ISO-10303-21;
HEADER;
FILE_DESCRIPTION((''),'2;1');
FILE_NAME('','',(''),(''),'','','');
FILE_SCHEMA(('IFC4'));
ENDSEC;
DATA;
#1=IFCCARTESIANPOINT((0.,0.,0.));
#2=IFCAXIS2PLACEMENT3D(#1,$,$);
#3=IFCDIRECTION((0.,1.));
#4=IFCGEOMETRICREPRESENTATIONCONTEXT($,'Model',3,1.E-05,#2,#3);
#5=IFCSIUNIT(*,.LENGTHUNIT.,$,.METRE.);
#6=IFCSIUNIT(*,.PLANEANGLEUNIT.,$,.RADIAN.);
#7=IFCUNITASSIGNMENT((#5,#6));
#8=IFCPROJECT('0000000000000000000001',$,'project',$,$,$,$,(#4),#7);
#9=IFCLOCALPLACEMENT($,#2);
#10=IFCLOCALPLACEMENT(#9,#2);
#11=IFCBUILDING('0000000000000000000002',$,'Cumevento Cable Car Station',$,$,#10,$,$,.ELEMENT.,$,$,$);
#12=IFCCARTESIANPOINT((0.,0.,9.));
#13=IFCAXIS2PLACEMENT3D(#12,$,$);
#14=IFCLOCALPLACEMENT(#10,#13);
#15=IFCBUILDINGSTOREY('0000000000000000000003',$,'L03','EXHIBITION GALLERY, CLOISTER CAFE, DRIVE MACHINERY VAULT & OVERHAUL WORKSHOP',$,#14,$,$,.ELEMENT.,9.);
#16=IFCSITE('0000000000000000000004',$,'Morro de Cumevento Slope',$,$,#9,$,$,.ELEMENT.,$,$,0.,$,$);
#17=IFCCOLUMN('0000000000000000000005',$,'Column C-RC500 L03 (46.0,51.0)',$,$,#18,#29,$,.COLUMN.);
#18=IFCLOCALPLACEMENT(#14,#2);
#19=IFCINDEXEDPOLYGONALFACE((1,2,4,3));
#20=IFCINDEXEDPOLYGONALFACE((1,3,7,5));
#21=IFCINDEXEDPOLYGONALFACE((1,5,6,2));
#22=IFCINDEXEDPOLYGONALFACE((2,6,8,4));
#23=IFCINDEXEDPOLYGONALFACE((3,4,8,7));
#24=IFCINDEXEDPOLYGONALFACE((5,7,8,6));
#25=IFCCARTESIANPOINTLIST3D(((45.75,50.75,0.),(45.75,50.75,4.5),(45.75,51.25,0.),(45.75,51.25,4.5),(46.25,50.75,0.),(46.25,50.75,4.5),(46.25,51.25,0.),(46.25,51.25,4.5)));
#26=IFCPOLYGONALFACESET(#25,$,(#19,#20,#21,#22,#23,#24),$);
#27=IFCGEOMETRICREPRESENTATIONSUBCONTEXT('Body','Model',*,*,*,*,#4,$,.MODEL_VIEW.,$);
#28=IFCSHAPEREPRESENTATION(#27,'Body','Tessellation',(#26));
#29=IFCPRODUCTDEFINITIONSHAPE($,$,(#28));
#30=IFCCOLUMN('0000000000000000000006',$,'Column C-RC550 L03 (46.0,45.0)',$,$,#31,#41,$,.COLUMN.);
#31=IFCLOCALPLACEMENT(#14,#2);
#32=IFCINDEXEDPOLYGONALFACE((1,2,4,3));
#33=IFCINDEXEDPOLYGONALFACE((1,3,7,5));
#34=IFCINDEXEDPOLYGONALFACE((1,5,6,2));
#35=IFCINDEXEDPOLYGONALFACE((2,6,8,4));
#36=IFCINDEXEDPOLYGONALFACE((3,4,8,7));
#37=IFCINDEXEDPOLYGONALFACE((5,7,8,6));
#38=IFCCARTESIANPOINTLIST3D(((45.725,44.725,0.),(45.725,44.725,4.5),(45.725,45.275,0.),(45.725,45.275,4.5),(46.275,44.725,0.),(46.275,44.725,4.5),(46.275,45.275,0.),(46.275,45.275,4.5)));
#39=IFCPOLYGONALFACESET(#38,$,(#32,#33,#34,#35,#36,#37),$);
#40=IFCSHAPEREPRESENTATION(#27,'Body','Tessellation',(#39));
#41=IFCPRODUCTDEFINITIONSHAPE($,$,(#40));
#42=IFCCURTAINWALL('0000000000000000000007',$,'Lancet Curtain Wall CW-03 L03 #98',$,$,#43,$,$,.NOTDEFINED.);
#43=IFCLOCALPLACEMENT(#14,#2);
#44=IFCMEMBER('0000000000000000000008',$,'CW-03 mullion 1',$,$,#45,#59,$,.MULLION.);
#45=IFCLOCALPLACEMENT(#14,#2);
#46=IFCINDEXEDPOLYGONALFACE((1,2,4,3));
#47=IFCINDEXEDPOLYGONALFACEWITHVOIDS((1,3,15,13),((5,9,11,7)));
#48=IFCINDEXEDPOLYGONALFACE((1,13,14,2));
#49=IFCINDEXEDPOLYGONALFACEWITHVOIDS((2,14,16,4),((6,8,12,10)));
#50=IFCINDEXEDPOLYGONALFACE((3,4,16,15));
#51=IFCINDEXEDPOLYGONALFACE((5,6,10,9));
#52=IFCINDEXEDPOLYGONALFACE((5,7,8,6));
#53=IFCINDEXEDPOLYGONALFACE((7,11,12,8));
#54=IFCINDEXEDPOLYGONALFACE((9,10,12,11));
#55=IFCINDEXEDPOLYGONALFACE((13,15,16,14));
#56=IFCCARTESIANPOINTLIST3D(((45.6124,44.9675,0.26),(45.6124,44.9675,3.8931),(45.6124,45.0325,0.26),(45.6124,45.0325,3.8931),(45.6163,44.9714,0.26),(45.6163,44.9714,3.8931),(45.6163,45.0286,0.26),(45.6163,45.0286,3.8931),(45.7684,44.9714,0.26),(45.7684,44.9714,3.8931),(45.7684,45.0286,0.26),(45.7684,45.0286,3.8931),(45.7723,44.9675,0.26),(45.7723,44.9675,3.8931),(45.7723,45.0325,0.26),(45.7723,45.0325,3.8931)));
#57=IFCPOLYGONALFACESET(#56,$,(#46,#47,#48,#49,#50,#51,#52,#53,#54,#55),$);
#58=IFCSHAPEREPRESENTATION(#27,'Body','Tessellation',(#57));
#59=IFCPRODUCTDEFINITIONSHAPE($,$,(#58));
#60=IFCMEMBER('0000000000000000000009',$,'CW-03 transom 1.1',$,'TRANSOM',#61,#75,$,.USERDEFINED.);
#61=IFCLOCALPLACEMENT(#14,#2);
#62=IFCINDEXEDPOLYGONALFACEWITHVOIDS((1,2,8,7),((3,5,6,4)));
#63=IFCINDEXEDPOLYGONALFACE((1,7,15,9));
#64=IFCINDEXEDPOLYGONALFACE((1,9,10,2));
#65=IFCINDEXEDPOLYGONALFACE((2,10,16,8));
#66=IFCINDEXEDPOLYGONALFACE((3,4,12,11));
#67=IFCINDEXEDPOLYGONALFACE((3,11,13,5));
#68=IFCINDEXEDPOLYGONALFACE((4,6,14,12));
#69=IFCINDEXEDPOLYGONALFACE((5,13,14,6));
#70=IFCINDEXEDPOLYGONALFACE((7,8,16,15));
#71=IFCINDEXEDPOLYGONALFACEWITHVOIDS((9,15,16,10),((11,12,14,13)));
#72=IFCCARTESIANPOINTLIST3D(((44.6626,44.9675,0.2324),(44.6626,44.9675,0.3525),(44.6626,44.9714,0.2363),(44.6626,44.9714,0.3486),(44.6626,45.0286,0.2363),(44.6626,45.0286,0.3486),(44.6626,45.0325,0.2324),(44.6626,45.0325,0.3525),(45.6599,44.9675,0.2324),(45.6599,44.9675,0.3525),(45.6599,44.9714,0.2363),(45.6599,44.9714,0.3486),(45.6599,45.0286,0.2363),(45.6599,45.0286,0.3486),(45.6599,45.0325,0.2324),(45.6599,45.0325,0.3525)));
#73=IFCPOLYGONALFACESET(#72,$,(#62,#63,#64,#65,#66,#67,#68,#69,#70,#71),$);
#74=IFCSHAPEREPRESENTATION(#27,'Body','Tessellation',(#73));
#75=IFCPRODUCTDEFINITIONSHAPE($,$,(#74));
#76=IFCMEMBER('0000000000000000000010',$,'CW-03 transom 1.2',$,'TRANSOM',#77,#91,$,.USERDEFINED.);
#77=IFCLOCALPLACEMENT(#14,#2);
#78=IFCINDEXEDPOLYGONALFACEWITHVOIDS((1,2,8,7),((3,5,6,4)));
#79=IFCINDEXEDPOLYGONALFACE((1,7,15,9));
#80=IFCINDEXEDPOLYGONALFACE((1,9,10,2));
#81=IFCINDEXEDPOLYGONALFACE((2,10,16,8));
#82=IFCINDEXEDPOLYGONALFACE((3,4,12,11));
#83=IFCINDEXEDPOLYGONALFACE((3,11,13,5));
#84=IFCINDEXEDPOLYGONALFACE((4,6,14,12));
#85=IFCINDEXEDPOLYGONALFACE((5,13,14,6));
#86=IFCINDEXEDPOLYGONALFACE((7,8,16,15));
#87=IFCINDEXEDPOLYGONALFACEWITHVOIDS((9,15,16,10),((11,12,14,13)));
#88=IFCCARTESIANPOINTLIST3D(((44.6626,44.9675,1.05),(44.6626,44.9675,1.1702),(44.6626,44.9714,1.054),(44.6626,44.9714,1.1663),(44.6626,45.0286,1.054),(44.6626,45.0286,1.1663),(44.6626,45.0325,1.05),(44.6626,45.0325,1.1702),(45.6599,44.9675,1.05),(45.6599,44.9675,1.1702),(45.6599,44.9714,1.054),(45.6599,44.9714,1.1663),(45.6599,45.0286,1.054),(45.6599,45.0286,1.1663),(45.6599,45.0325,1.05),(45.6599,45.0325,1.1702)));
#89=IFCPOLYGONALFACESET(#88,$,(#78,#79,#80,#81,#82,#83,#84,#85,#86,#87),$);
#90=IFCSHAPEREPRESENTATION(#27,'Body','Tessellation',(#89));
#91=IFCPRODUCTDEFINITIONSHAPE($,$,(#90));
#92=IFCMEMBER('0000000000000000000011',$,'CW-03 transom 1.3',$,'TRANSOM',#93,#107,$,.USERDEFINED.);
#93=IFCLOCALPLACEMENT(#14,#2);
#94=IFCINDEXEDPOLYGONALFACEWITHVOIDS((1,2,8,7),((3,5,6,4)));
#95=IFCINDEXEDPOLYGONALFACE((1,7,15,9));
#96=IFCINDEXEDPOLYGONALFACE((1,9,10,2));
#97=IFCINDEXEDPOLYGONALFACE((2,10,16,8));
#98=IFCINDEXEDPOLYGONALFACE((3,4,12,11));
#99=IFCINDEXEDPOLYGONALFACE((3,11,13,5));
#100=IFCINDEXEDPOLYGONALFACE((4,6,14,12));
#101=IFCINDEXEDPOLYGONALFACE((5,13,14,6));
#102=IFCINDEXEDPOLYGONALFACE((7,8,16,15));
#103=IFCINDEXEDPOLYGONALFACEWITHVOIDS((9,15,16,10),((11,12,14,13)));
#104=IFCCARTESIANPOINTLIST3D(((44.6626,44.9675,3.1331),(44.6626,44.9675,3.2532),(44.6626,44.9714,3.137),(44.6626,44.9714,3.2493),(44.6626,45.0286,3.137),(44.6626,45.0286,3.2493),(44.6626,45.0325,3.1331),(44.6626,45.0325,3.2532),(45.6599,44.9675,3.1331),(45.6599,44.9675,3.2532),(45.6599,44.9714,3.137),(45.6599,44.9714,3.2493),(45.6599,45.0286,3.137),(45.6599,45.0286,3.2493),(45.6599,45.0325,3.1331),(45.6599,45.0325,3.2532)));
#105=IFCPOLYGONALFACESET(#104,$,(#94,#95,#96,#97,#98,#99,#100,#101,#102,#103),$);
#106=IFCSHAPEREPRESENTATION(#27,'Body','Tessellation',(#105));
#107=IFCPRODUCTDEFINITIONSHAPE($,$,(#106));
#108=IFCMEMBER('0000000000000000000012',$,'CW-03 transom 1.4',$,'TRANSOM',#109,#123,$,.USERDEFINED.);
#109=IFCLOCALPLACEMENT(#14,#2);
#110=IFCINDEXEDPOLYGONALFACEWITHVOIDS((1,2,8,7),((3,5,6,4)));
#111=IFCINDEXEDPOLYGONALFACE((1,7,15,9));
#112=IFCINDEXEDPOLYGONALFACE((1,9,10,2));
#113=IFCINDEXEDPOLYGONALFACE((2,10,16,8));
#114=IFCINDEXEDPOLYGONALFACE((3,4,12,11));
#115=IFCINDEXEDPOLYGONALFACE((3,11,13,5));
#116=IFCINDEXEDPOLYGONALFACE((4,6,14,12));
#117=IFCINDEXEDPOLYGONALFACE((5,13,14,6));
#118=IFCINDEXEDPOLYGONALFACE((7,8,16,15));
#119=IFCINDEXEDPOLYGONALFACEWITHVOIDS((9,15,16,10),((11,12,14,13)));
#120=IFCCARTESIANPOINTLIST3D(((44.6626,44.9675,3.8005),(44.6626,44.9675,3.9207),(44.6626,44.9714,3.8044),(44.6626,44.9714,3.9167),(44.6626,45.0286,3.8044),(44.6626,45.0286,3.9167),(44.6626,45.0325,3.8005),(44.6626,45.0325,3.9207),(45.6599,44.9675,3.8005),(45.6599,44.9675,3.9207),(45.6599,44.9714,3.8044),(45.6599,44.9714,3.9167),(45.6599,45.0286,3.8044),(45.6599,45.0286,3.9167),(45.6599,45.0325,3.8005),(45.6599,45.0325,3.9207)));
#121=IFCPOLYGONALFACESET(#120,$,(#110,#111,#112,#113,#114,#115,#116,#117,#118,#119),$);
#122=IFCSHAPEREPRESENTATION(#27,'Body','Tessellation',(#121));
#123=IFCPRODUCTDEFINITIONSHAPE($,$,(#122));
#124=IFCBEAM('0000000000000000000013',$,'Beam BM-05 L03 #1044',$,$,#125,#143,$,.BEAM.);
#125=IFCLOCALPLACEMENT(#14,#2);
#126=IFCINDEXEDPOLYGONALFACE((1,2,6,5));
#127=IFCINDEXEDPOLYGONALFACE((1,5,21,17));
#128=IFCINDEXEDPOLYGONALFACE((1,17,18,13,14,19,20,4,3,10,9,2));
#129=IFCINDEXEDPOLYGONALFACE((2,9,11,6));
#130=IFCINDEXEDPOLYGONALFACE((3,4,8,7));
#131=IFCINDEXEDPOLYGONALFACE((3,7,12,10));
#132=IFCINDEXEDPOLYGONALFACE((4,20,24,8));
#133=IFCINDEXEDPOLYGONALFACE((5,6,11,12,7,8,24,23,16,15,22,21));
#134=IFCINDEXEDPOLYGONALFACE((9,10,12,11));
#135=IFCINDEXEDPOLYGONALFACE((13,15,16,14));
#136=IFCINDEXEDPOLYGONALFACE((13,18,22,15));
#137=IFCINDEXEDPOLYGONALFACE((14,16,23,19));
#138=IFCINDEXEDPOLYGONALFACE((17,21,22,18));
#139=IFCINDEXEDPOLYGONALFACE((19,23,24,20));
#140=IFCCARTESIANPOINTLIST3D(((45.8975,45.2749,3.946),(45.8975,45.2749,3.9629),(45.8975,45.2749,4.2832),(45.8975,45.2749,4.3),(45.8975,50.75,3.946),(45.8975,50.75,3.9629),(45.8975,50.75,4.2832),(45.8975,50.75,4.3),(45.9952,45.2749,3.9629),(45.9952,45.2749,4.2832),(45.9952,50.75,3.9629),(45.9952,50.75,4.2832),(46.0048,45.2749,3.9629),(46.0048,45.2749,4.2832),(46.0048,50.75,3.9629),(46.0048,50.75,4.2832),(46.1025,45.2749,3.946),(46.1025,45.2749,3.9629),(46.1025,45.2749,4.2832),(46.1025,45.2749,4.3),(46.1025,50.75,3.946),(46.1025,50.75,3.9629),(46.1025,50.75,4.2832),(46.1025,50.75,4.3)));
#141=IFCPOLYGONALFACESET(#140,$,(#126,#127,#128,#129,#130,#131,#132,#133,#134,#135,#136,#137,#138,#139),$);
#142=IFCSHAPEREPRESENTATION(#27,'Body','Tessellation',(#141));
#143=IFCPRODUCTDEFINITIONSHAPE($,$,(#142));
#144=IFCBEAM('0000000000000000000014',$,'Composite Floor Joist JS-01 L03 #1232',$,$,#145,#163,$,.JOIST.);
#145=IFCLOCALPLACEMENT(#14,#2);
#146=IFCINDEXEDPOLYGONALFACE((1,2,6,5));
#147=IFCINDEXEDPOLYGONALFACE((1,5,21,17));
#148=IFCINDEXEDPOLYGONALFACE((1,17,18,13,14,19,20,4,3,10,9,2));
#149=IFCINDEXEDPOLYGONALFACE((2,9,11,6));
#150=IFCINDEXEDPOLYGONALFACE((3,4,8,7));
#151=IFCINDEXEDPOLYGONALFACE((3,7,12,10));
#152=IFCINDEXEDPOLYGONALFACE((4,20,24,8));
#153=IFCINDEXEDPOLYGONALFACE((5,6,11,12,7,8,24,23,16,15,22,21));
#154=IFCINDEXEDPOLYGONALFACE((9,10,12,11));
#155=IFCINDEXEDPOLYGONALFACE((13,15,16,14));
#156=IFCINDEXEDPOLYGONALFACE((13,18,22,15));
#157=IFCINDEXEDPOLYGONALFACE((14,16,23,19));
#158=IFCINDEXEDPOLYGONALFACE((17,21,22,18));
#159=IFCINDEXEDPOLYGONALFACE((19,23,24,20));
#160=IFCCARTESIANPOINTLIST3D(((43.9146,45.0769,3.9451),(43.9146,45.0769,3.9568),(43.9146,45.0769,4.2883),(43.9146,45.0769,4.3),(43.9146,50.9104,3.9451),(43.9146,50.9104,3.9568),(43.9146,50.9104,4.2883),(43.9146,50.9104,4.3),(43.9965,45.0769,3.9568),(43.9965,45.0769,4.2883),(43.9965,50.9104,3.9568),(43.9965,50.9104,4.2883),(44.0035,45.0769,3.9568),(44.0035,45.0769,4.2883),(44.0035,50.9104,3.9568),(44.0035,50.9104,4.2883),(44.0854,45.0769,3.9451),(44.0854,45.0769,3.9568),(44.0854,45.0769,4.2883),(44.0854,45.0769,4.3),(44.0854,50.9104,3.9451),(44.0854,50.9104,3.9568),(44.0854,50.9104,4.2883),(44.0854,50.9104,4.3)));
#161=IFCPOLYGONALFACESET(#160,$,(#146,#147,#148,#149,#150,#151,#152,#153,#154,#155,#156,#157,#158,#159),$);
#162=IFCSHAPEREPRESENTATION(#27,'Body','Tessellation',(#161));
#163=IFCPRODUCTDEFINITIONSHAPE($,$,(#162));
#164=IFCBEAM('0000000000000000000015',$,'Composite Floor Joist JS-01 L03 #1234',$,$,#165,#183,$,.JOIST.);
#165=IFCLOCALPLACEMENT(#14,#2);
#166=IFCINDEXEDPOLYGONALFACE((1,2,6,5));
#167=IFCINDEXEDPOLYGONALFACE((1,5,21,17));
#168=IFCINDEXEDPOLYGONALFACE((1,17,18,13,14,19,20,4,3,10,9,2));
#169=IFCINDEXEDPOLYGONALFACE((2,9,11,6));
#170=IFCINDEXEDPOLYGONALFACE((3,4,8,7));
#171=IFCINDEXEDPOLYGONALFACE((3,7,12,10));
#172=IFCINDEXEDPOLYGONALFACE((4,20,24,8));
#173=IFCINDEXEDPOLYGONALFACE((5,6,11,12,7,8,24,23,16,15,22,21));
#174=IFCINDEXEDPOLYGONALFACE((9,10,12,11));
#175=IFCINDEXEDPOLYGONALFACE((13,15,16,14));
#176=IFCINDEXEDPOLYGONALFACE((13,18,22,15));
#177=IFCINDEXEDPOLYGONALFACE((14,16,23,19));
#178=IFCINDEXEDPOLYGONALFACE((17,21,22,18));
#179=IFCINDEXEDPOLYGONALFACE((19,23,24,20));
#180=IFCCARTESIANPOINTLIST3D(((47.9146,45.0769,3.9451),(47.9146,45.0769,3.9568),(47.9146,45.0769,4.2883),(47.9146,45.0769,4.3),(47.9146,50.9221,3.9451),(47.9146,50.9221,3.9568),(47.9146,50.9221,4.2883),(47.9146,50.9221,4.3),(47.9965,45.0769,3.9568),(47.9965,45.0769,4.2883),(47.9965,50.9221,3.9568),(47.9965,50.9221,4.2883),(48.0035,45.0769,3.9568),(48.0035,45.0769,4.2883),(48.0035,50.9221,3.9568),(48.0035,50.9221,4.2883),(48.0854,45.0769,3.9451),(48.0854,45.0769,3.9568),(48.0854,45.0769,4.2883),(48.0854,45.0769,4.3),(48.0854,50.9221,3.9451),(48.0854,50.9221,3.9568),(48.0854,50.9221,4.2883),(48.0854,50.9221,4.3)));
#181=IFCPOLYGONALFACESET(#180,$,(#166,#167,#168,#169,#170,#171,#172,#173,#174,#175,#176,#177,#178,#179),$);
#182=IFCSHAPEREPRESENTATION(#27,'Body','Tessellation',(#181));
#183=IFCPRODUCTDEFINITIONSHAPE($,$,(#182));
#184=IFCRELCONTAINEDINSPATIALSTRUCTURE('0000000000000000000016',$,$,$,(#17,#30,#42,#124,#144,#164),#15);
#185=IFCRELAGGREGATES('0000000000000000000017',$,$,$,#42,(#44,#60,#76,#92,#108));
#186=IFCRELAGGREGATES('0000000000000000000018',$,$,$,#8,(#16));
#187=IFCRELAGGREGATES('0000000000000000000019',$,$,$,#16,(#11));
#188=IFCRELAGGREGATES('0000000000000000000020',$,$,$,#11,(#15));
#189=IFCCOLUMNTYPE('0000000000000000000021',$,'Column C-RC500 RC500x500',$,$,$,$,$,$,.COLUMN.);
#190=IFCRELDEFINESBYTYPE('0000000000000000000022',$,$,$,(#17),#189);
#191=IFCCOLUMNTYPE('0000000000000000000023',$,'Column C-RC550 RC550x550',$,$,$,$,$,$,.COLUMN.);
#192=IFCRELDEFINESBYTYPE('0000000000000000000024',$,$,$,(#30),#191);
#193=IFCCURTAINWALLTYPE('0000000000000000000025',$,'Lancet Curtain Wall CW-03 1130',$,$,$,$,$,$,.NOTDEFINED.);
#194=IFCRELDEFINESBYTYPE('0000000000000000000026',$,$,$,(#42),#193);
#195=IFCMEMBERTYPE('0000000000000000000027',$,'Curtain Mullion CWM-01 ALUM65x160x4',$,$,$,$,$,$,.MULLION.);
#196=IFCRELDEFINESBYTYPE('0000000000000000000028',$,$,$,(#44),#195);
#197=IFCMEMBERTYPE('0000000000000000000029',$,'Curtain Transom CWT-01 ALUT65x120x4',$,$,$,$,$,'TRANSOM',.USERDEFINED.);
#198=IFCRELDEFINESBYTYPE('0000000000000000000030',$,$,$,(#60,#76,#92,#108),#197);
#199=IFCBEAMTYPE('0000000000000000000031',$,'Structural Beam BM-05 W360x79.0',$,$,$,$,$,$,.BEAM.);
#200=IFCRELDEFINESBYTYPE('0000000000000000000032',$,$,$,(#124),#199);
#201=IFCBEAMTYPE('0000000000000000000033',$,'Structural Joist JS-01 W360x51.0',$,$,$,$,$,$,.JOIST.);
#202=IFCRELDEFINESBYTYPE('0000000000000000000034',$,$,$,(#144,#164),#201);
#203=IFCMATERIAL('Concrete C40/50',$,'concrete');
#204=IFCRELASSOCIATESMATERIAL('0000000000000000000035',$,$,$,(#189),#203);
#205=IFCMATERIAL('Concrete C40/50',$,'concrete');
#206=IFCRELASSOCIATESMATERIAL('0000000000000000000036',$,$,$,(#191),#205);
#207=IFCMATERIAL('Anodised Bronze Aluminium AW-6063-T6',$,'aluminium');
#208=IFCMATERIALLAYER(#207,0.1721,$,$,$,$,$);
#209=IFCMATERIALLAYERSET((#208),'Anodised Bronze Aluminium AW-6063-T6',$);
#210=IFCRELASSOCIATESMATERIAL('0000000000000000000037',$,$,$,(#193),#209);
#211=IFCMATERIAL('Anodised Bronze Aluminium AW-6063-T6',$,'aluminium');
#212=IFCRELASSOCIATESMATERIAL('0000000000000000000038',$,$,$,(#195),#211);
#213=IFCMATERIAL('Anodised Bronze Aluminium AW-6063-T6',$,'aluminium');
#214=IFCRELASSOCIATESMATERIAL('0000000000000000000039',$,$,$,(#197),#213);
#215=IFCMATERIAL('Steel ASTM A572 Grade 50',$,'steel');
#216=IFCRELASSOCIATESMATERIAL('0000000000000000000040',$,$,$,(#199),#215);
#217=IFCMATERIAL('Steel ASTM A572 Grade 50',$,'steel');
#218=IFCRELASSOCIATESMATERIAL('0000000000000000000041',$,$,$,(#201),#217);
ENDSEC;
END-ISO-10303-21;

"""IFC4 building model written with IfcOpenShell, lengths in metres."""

from ifc_helpers import new_model, si_unit, direction, frame, origin, origin_2d, place, context, subcontext, project, spatial, rectangle, hollow_rectangle, i_section, extrude, material, layer, layer_set, material_profile, profile_set, type_object, element, aggregate, save


model = new_model("IFC4")

# Units and contexts
model_context = context("Model", 3, precision=1e-05, world=origin(), true_north=direction((0.0, 1.0)))
body_context = subcontext(model_context, "Body", "Model", "MODEL_VIEW")
ifc_project = project(units=[si_unit("LENGTHUNIT", "METRE"), si_unit("PLANEANGLEUNIT", "RADIAN")], contexts=[model_context])

# Site, building, storey
site_placement = place(None, origin())
site = spatial("IfcSite", under=ifc_project, at=site_placement, Name="Morro de Cumevento Slope", CompositionType="ELEMENT", RefElevation=0.0)
building_placement = place(site_placement, origin())
building = spatial("IfcBuilding", under=site, at=building_placement, Name="Cumevento Cable Car Station", CompositionType="ELEMENT")
storey_placement = place(building_placement, frame((0.0, 0.0, 9.0)))
storey = spatial("IfcBuildingStorey", under=building, at=storey_placement, Name="L03", Description="EXHIBITION GALLERY, CLOISTER CAFE, DRIVE MACHINERY VAULT & OVERHAUL WORKSHOP", CompositionType="ELEMENT", Elevation=9.0)

# Columns
ifc_material_1 = material(Name="Concrete C40/50", Category="concrete")
ifc_material_profile_1 = material_profile(ifc_material_1, rectangle(XDim=0.5, YDim=0.5, at=origin_2d()), Name="RC500x500")
ifc_profile_set_1 = profile_set([ifc_material_profile_1], Name="Concrete C40/50")
column_type_1 = type_object("IfcColumnType", Name="Column C-RC500 RC500x500", PredefinedType="COLUMN", material=ifc_profile_set_1)
column_1_placement = place(storey_placement, frame((46.0, 51.0, 0.0), z_axis=(0.0, 0.0, 1.0), x_axis=(1.0, 0.0, 0.0)))
element("IfcColumn", 1, at=column_1_placement, inside=storey, type_object=column_type_1, Name="Column C-RC500 L03 (46.0,51.0)", PredefinedType="COLUMN", context=body_context, shape_type="SweptSolid", body=[
    extrude(rectangle(XDim=0.5, YDim=0.5, at=origin_2d()), origin(), (0.0, 0.0, 1.0), 4.5),
])
ifc_material_2 = material(Name="Concrete C40/50", Category="concrete")
ifc_material_profile_2 = material_profile(ifc_material_2, rectangle(XDim=0.55, YDim=0.55, at=origin_2d()), Name="RC550x550")
ifc_profile_set_2 = profile_set([ifc_material_profile_2], Name="Concrete C40/50")
column_type_2 = type_object("IfcColumnType", Name="Column C-RC550 RC550x550", PredefinedType="COLUMN", material=ifc_profile_set_2)
column_2_placement = place(storey_placement, frame((46.0, 45.0, 0.0), z_axis=(0.0, 0.0, 1.0), x_axis=(1.0, 0.0, 0.0)))
element("IfcColumn", 2, at=column_2_placement, inside=storey, type_object=column_type_2, Name="Column C-RC550 L03 (46.0,45.0)", PredefinedType="COLUMN", context=body_context, shape_type="SweptSolid", body=[
    extrude(rectangle(XDim=0.55, YDim=0.55, at=origin_2d()), origin(), (0.0, 0.0, 1.0), 4.5),
])

# Curtain wall, members
ifc_material_3 = material(Name="Anodised Bronze Aluminium AW-6063-T6", Category="aluminium")
ifc_layer_1 = layer(ifc_material_3, 0.1721)
ifc_layer_set_1 = layer_set([ifc_layer_1], Name="Anodised Bronze Aluminium AW-6063-T6")
curtain_wall_type = type_object("IfcCurtainWallType", Name="Lancet Curtain Wall CW-03 1130", PredefinedType="NOTDEFINED", material=ifc_layer_set_1)
curtain_wall_placement = place(storey_placement, origin())
curtain_wall = element("IfcCurtainWall", 3, at=curtain_wall_placement, inside=storey, type_object=curtain_wall_type, Name="Lancet Curtain Wall CW-03 L03 #98", PredefinedType="NOTDEFINED")
ifc_material_4 = material(Name="Anodised Bronze Aluminium AW-6063-T6", Category="aluminium")
ifc_material_profile_3 = material_profile(ifc_material_4, hollow_rectangle(XDim=0.0649, YDim=0.1599, WallThickness=0.0039, at=origin_2d()), Name="ALUM65x160x4")
ifc_profile_set_3 = profile_set([ifc_material_profile_3], Name="Anodised Bronze Aluminium AW-6063-T6")
member_type_1 = type_object("IfcMemberType", Name="Curtain Mullion CWM-01 ALUM65x160x4", PredefinedType="MULLION", material=ifc_profile_set_3)
member_1_placement = place(storey_placement, frame((45.6924, 45.0, 0.26), z_axis=(0.0, 0.0, 1.0), x_axis=(0.0, -1.0, 0.0)))
member_1 = element("IfcMember", 4, at=member_1_placement, type_object=member_type_1, Name="CW-03 mullion 1", PredefinedType="MULLION", context=body_context, shape_type="SweptSolid", body=[
    extrude(hollow_rectangle(XDim=0.0649, YDim=0.1599, WallThickness=0.0039, at=origin_2d()), origin(), (0.0, 0.0, 1.0), 3.6331),
])
ifc_material_5 = material(Name="Anodised Bronze Aluminium AW-6063-T6", Category="aluminium")
ifc_material_profile_4 = material_profile(ifc_material_5, hollow_rectangle(XDim=0.0649, YDim=0.1201, WallThickness=0.0039, at=origin_2d()), Name="ALUT65x120x4")
ifc_profile_set_4 = profile_set([ifc_material_profile_4], Name="Anodised Bronze Aluminium AW-6063-T6")
member_type_2 = type_object("IfcMemberType", Name="Curtain Transom CWT-01 ALUT65x120x4", ElementType="TRANSOM", PredefinedType="USERDEFINED", material=ifc_profile_set_4)
member_2_placement = place(storey_placement, frame((45.6599, 45.0, 0.2925), z_axis=(-1.0, 0.0, 0.0), x_axis=(0.0, -1.0, 0.0)))
member_2 = element("IfcMember", 5, at=member_2_placement, type_object=member_type_2, Name="CW-03 transom 1.1", ObjectType="TRANSOM", PredefinedType="USERDEFINED", context=body_context, shape_type="SweptSolid", body=[
    extrude(hollow_rectangle(XDim=0.0649, YDim=0.1201, WallThickness=0.0039, at=origin_2d()), origin(), (0.0, 0.0, 1.0), 0.9973),
])
member_3_placement = place(storey_placement, frame((45.6599, 45.0, 1.1101), z_axis=(-1.0, 0.0, 0.0), x_axis=(0.0, -1.0, 0.0)))
member_3 = element("IfcMember", 6, at=member_3_placement, type_object=member_type_2, Name="CW-03 transom 1.2", ObjectType="TRANSOM", PredefinedType="USERDEFINED", context=body_context, shape_type="SweptSolid", body=[
    extrude(hollow_rectangle(XDim=0.0649, YDim=0.1201, WallThickness=0.0039, at=origin_2d()), origin(), (0.0, 0.0, 1.0), 0.9973),
])
member_4_placement = place(storey_placement, frame((45.6599, 45.0, 3.1931), z_axis=(-1.0, 0.0, 0.0), x_axis=(0.0, -1.0, 0.0)))
member_4 = element("IfcMember", 7, at=member_4_placement, type_object=member_type_2, Name="CW-03 transom 1.3", ObjectType="TRANSOM", PredefinedType="USERDEFINED", context=body_context, shape_type="SweptSolid", body=[
    extrude(hollow_rectangle(XDim=0.0649, YDim=0.1201, WallThickness=0.0039, at=origin_2d()), origin(), (0.0, 0.0, 1.0), 0.9973),
])
member_5_placement = place(storey_placement, frame((45.6599, 45.0, 3.8606), z_axis=(-1.0, 0.0, 0.0), x_axis=(0.0, -1.0, 0.0)))
member_5 = element("IfcMember", 8, at=member_5_placement, type_object=member_type_2, Name="CW-03 transom 1.4", ObjectType="TRANSOM", PredefinedType="USERDEFINED", context=body_context, shape_type="SweptSolid", body=[
    extrude(hollow_rectangle(XDim=0.0649, YDim=0.1201, WallThickness=0.0039, at=origin_2d()), origin(), (0.0, 0.0, 1.0), 0.9973),
])
aggregate(curtain_wall, [member_1, member_2, member_3, member_4, member_5])

# Beams
ifc_material_6 = material(Name="Steel ASTM A572 Grade 50", Category="steel")
ifc_material_profile_5 = material_profile(ifc_material_6, i_section(OverallWidth=0.2051, OverallDepth=0.354, WebThickness=0.0095, FlangeThickness=0.0168, at=origin_2d()), Name="W360x79.0")
ifc_profile_set_5 = profile_set([ifc_material_profile_5], Name="Steel ASTM A572 Grade 50")
beam_type_1 = type_object("IfcBeamType", Name="Structural Beam BM-05 W360x79.0", PredefinedType="BEAM", material=ifc_profile_set_5)
beam_1_placement = place(storey_placement, frame((46.0, 45.2749, 4.123), z_axis=(0.0, 1.0, 0.0), x_axis=(-1.0, 0.0, 0.0)))
element("IfcBeam", 9, at=beam_1_placement, inside=storey, type_object=beam_type_1, Name="Beam BM-05 L03 #1044", PredefinedType="BEAM", context=body_context, shape_type="SweptSolid", body=[
    extrude(i_section(OverallWidth=0.2051, OverallDepth=0.354, WebThickness=0.0095, FlangeThickness=0.0168, at=origin_2d()), origin(), (0.0, 0.0, 1.0), 5.4751),
])
ifc_material_7 = material(Name="Steel ASTM A572 Grade 50", Category="steel")
ifc_material_profile_6 = material_profile(ifc_material_7, i_section(OverallWidth=0.1709, OverallDepth=0.355, WebThickness=0.0071, FlangeThickness=0.0117, at=origin_2d()), Name="W360x51.0")
ifc_profile_set_6 = profile_set([ifc_material_profile_6], Name="Steel ASTM A572 Grade 50")
beam_type_2 = type_object("IfcBeamType", Name="Structural Joist JS-01 W360x51.0", PredefinedType="JOIST", material=ifc_profile_set_6)
beam_2_placement = place(storey_placement, frame((44.0, 45.0769, 4.1226), z_axis=(0.0, 1.0, 0.0), x_axis=(-1.0, 0.0, 0.0)))
element("IfcBeam", 10, at=beam_2_placement, inside=storey, type_object=beam_type_2, Name="Composite Floor Joist JS-01 L03 #1232", PredefinedType="JOIST", context=body_context, shape_type="SweptSolid", body=[
    extrude(i_section(OverallWidth=0.1709, OverallDepth=0.355, WebThickness=0.0071, FlangeThickness=0.0117, at=origin_2d()), origin(), (0.0, 0.0, 1.0), 5.8335),
])
beam_3_placement = place(storey_placement, frame((48.0, 45.0769, 4.1226), z_axis=(0.0, 1.0, 0.0), x_axis=(-1.0, 0.0, 0.0)))
element("IfcBeam", 11, at=beam_3_placement, inside=storey, type_object=beam_type_2, Name="Composite Floor Joist JS-01 L03 #1234", PredefinedType="JOIST", context=body_context, shape_type="SweptSolid", body=[
    extrude(i_section(OverallWidth=0.1709, OverallDepth=0.355, WebThickness=0.0071, FlangeThickness=0.0117, at=origin_2d()), origin(), (0.0, 0.0, 1.0), 5.8452),
])

save(model, "model.ifc")
